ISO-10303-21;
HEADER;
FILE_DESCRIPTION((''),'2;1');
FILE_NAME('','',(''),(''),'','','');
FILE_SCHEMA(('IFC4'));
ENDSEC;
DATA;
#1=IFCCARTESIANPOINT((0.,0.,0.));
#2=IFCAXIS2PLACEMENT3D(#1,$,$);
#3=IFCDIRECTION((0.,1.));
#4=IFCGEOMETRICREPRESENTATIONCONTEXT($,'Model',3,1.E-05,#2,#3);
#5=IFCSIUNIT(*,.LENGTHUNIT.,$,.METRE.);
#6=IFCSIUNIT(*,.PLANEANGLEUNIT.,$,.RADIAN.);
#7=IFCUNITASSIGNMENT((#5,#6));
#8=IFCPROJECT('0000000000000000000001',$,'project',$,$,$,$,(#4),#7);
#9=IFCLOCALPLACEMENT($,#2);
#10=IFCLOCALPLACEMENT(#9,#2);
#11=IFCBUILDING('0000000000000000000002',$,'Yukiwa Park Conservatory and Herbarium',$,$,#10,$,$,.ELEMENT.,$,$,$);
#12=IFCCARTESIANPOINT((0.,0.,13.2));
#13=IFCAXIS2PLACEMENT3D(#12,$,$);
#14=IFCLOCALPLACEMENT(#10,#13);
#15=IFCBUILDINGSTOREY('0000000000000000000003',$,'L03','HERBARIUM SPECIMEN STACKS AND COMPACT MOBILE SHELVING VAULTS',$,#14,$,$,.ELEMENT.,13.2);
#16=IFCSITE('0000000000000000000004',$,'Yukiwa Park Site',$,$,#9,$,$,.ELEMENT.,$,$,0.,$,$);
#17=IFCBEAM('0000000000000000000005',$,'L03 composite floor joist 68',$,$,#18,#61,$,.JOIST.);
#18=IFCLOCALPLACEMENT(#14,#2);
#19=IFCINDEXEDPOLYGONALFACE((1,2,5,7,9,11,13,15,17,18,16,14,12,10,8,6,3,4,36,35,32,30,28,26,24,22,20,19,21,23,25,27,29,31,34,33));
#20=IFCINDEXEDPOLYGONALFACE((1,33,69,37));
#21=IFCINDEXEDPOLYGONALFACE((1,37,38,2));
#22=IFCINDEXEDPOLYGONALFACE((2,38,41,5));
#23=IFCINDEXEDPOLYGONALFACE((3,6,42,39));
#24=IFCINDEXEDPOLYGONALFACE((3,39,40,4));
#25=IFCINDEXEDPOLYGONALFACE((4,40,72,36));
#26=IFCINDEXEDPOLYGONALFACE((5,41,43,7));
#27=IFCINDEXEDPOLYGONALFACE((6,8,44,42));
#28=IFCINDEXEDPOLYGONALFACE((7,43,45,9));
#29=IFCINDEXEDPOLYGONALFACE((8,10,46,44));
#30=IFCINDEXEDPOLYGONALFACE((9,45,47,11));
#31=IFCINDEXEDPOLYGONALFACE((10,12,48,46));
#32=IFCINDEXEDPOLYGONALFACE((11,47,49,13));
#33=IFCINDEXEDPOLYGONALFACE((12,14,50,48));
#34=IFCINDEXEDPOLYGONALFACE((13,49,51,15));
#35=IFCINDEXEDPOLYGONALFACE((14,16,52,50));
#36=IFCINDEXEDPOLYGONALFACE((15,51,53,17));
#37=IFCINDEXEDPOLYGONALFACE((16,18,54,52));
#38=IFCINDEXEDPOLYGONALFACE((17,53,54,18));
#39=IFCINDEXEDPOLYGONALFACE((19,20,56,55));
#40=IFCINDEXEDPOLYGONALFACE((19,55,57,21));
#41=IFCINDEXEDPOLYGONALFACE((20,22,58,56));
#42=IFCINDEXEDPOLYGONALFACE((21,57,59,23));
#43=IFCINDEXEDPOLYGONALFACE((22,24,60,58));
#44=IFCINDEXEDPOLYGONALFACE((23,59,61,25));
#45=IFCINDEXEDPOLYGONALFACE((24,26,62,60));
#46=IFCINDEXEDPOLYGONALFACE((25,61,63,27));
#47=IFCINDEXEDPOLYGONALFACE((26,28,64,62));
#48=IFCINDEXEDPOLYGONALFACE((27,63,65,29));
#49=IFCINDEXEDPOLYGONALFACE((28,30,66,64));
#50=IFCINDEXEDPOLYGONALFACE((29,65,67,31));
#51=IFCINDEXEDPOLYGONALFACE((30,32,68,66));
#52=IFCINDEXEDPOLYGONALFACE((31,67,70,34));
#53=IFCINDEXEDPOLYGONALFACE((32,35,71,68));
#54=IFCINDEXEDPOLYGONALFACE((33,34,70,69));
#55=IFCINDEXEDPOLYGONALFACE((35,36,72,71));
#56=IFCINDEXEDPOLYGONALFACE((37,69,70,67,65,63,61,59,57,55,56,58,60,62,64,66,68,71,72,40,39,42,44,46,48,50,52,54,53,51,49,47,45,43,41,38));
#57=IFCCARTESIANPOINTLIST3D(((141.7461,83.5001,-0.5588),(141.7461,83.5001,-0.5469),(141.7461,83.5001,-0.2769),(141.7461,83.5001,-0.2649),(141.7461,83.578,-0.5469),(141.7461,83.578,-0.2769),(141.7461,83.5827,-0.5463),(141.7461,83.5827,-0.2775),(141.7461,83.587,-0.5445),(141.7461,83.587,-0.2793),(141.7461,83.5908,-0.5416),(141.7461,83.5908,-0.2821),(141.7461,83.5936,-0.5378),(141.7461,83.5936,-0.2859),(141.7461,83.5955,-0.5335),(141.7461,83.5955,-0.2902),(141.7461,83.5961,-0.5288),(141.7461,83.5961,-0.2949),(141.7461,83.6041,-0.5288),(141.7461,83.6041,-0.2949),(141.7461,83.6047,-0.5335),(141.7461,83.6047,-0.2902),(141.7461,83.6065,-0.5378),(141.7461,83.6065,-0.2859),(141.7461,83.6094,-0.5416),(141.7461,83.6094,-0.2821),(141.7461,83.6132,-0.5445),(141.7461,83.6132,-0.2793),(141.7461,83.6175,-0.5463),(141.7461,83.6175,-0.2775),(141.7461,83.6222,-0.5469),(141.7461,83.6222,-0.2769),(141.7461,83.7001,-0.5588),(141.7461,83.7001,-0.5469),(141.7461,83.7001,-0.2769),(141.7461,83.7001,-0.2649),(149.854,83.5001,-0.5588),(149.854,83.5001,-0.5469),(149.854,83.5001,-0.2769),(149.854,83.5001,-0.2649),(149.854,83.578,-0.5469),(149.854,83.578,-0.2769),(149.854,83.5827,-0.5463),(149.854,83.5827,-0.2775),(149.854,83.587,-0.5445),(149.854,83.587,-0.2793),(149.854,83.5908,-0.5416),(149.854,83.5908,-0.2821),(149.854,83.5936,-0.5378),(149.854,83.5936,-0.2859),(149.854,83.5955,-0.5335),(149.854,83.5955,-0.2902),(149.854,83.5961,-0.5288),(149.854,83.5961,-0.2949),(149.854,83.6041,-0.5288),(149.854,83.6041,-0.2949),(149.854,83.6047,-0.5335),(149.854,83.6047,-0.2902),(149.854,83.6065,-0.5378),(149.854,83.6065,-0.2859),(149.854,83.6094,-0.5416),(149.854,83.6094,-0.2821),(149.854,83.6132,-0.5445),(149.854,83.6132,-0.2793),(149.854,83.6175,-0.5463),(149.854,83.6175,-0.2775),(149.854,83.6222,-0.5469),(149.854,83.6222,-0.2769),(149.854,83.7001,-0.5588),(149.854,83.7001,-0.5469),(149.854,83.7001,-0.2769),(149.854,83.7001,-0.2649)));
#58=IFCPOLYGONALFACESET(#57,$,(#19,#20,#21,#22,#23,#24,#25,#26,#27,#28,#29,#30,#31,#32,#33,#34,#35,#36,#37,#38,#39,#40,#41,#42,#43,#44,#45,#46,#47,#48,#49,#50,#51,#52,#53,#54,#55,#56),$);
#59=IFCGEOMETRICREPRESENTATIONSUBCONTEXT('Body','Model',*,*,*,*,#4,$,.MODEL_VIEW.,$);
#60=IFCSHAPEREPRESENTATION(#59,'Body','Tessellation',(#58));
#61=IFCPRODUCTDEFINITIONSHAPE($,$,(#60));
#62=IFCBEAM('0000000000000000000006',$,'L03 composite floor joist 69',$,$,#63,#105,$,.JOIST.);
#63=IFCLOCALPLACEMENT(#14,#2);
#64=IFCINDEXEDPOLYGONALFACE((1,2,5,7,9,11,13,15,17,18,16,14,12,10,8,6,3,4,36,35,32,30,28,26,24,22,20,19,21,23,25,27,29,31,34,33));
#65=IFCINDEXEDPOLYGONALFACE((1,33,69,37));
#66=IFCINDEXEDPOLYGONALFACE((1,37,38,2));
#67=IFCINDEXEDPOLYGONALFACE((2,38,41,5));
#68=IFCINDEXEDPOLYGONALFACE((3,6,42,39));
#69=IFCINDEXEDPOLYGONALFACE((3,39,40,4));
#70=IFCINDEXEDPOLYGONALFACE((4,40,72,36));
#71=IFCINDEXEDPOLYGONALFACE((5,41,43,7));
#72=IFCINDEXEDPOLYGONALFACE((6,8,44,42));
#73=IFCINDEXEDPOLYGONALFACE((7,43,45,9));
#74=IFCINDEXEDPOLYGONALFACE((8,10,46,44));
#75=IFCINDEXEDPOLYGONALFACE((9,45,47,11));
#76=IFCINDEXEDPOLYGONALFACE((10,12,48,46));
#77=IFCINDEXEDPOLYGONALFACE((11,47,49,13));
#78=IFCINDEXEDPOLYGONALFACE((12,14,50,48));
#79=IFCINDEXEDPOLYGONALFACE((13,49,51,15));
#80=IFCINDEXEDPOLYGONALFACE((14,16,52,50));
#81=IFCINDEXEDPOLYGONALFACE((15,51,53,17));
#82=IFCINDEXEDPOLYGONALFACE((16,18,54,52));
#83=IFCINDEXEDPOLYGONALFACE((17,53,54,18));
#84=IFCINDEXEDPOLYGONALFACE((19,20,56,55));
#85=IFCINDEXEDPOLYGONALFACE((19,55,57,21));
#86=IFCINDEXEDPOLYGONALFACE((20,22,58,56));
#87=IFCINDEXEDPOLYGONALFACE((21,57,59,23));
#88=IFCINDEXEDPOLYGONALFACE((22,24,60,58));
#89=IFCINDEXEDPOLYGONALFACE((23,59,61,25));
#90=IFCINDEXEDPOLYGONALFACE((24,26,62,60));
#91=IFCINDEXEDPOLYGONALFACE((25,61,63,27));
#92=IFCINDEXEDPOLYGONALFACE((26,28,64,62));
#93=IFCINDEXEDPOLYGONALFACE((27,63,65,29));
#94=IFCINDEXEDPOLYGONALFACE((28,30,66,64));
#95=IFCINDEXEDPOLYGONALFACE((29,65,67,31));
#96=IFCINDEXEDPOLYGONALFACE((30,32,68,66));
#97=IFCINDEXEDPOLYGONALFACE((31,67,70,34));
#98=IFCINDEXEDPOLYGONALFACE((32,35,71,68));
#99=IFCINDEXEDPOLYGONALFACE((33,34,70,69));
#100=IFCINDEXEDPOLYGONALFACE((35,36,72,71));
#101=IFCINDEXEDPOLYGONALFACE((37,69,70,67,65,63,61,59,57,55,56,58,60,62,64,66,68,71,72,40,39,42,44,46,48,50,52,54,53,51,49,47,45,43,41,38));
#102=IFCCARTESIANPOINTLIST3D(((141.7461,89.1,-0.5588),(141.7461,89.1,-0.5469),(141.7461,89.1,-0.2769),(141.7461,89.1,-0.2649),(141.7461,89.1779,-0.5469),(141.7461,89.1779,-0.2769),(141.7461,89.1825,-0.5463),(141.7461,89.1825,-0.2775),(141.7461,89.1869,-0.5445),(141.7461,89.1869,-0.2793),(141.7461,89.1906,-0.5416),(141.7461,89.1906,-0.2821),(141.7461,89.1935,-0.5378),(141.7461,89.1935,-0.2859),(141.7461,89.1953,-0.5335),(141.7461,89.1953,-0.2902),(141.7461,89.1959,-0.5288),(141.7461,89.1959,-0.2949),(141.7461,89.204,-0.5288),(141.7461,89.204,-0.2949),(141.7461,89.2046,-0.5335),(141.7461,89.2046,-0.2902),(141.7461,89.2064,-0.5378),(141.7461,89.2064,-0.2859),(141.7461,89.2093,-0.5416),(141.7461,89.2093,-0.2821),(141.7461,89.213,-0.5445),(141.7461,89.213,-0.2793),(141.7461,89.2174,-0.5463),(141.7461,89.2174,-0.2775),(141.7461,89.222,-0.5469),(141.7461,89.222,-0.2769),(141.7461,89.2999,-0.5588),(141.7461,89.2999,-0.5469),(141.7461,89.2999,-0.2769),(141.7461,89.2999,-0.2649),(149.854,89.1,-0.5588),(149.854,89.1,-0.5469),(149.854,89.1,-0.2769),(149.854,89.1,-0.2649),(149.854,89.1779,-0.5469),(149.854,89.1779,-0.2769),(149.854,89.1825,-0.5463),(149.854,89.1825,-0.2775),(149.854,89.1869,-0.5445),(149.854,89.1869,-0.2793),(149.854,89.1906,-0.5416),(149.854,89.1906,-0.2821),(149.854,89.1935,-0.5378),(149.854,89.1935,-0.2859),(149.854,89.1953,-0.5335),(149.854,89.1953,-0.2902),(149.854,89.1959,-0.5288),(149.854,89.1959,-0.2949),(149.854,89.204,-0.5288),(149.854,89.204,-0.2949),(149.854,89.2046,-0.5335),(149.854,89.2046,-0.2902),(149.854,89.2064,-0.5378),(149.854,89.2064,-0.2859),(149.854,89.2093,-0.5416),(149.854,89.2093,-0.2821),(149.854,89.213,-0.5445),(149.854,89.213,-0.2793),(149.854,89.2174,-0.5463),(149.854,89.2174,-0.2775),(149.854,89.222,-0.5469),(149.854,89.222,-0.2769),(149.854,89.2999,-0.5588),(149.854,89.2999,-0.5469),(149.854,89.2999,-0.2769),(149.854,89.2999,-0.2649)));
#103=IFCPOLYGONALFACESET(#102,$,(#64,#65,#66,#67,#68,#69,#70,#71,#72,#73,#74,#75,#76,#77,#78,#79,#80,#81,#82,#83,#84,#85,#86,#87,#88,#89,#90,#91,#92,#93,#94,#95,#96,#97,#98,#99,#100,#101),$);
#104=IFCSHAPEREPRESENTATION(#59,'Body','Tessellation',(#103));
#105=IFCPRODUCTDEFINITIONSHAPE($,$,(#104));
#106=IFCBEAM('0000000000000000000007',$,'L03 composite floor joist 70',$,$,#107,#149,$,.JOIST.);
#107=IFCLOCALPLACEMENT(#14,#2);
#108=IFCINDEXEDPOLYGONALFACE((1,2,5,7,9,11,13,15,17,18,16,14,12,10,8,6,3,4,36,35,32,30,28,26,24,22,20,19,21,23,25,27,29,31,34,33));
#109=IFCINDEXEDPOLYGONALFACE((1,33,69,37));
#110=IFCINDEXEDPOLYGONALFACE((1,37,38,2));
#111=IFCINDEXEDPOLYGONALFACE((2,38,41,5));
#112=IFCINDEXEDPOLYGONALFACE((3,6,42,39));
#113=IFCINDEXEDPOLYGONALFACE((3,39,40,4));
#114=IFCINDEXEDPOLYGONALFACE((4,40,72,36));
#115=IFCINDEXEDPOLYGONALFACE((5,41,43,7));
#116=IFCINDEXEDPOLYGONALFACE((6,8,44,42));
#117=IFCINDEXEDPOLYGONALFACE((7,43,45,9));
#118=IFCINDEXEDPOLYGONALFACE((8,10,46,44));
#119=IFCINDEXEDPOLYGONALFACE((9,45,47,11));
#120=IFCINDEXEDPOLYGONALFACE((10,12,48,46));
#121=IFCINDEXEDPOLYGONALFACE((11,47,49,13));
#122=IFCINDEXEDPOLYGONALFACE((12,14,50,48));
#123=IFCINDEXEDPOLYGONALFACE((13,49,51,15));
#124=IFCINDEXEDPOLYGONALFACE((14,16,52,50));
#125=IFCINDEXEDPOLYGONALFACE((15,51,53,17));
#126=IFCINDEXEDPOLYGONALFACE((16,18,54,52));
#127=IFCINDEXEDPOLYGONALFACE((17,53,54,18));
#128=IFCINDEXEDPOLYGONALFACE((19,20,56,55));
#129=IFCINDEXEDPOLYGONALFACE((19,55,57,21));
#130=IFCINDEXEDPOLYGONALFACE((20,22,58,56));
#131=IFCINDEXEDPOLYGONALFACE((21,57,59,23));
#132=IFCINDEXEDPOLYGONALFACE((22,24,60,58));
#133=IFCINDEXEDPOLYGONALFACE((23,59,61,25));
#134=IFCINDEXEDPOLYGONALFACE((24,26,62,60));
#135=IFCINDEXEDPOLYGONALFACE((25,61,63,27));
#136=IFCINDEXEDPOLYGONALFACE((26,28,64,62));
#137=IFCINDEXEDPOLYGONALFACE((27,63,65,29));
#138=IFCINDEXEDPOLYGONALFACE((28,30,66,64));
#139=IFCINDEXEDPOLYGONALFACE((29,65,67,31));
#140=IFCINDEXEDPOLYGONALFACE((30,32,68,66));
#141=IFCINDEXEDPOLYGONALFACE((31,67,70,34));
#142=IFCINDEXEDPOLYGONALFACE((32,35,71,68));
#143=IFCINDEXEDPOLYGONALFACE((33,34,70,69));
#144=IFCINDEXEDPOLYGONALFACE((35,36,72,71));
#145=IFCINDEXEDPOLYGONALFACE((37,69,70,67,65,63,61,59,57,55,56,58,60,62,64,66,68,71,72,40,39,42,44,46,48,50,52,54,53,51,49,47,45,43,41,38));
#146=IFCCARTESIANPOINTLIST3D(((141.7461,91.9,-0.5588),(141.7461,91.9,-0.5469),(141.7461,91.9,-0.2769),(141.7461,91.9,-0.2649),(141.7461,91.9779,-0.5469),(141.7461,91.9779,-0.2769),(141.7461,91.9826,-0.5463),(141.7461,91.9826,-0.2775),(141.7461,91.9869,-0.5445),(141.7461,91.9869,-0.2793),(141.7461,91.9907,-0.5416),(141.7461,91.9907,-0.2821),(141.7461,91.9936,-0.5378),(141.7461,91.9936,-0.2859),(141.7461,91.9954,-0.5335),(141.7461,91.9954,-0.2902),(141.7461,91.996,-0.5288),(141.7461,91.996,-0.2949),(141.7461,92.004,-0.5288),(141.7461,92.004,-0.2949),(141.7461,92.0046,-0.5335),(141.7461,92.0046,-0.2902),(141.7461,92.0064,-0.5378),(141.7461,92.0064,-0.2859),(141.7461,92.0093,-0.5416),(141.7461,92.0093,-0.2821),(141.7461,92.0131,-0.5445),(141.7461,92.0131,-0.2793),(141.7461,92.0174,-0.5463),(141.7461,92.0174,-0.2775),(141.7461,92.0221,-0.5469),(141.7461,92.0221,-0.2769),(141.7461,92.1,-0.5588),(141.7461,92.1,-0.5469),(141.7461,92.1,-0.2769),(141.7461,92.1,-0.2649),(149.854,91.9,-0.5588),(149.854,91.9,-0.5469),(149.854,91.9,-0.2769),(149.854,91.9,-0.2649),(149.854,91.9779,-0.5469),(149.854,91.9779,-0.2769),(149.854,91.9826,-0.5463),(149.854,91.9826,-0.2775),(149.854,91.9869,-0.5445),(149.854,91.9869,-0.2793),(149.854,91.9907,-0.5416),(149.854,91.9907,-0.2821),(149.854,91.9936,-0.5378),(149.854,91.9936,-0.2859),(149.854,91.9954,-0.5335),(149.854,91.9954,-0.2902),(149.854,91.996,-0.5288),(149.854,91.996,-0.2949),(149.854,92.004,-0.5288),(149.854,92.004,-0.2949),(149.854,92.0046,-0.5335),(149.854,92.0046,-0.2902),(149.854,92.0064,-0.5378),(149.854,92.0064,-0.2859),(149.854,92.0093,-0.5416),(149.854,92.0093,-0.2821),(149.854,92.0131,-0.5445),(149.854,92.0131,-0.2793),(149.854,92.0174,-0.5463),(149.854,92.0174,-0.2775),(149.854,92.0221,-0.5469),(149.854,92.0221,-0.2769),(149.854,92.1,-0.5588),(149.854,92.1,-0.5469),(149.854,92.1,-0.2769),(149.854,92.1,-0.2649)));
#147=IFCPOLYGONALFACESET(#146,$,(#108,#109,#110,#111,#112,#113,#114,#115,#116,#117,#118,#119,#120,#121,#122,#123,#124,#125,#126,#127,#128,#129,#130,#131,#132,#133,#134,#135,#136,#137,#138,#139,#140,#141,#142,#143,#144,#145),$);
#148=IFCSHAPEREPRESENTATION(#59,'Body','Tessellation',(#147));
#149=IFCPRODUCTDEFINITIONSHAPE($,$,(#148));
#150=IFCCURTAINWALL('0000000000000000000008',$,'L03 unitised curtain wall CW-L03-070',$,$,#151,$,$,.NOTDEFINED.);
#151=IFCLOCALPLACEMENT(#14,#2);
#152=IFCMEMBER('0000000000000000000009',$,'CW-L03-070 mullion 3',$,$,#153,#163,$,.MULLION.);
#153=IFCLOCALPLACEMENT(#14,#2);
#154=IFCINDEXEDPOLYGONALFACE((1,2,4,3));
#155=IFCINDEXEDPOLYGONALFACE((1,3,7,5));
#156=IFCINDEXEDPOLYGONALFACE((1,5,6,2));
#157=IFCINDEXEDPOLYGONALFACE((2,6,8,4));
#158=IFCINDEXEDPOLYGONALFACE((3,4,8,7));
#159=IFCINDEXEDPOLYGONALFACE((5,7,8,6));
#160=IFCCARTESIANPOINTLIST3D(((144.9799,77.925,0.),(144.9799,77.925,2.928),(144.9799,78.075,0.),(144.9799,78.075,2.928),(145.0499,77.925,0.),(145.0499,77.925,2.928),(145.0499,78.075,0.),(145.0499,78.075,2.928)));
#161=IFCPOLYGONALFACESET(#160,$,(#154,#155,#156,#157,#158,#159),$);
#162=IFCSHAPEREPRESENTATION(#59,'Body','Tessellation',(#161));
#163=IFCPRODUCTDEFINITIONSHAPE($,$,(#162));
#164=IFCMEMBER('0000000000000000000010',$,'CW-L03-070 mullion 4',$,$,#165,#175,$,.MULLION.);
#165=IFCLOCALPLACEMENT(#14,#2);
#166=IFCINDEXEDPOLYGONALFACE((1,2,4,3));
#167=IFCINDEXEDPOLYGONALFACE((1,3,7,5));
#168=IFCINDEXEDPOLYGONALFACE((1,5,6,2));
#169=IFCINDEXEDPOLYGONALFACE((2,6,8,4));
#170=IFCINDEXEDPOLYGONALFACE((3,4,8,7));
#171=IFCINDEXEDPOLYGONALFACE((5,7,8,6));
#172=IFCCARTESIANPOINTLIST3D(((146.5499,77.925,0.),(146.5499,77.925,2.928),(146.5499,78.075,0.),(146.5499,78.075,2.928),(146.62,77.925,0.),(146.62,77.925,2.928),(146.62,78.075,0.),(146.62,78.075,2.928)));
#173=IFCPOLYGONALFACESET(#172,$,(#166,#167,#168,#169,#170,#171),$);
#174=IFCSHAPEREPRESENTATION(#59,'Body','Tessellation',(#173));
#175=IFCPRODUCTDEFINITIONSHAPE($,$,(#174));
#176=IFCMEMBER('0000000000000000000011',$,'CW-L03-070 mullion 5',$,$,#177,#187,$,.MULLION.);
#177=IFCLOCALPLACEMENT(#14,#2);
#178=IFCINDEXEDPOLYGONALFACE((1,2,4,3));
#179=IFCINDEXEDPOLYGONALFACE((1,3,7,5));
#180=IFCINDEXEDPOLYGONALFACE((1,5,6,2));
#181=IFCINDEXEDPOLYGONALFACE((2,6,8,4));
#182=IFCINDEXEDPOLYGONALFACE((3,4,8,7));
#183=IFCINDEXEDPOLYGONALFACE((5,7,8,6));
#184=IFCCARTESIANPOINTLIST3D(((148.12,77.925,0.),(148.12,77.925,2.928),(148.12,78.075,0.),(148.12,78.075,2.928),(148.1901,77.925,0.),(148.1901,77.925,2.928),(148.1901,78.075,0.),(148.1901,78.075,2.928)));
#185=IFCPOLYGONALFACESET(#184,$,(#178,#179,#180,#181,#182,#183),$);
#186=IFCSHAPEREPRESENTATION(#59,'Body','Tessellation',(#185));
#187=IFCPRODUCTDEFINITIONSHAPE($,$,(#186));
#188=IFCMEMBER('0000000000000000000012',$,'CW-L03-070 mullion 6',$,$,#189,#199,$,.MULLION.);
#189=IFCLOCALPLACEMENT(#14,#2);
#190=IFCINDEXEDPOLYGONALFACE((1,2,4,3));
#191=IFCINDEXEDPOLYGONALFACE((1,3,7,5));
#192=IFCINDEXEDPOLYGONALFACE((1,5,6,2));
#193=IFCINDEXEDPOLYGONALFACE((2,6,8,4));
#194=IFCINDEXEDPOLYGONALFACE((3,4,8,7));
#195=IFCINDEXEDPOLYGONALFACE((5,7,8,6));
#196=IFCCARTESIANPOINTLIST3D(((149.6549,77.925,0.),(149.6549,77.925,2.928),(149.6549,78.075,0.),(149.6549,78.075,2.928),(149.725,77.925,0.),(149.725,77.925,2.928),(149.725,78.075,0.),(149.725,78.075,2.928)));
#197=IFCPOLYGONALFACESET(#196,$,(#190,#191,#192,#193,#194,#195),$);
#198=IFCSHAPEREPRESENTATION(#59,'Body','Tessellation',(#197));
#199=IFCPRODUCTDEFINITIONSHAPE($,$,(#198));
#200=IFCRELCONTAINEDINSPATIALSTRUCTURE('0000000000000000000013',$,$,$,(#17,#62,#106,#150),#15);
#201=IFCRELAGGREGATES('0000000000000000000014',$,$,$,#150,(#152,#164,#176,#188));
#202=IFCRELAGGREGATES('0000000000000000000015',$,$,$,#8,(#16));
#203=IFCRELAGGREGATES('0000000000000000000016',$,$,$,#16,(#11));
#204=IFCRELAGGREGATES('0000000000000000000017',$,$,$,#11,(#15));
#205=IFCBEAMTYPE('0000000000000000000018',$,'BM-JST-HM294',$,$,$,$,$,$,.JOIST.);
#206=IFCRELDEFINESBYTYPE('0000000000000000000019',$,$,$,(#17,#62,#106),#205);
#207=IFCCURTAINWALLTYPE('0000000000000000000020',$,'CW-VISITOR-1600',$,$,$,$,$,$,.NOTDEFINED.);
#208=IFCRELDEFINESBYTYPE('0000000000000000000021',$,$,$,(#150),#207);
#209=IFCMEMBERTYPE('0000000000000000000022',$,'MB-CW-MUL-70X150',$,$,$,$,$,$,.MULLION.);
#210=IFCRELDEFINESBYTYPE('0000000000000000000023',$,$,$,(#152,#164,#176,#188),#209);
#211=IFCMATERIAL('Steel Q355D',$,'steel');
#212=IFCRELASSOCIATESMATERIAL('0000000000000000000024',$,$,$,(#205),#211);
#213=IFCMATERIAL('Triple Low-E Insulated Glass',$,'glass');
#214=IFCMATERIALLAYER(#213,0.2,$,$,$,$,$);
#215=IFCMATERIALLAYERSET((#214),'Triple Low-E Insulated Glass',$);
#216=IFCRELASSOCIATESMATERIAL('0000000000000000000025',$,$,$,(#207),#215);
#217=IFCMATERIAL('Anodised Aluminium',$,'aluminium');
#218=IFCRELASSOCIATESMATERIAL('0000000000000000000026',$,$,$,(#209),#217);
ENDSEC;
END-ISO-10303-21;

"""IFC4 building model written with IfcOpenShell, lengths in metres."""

from ifc_helpers import new_model, si_unit, direction, frame, origin, origin_2d, place, context, subcontext, project, spatial, rectangle, i_section, extrude, material, layer, layer_set, material_profile, profile_set, type_object, element, aggregate, save


model = new_model("IFC4")

# Units and contexts
model_context = context("Model", 3, precision=1e-05, world=origin(), true_north=direction((0.0, 1.0)))
body_context = subcontext(model_context, "Body", "Model", "MODEL_VIEW")
ifc_project = project(units=[si_unit("LENGTHUNIT", "METRE"), si_unit("PLANEANGLEUNIT", "RADIAN")], contexts=[model_context])

# Site, building, storey
site_placement = place(None, origin())
site = spatial("IfcSite", under=ifc_project, at=site_placement, Name="Yukiwa Park Site", CompositionType="ELEMENT", RefElevation=0.0)
building_placement = place(site_placement, origin())
building = spatial("IfcBuilding", under=site, at=building_placement, Name="Yukiwa Park Conservatory and Herbarium", CompositionType="ELEMENT")
storey_placement = place(building_placement, frame((0.0, 0.0, 13.2)))
storey = spatial("IfcBuildingStorey", under=building, at=storey_placement, Name="L03", Description="HERBARIUM SPECIMEN STACKS AND COMPACT MOBILE SHELVING VAULTS", CompositionType="ELEMENT", Elevation=13.2)

# Beams
ifc_material_1 = material(Name="Steel Q355D", Category="steel")
ifc_material_profile_1 = material_profile(ifc_material_1, i_section(OverallWidth=0.2, OverallDepth=0.2939, WebThickness=0.0081, FlangeThickness=0.012, FilletRadius=0.0181, at=origin_2d()), Name="HM 294x200x8x12")
ifc_profile_set_1 = profile_set([ifc_material_profile_1], Name="Steel Q355D")
beam_type_1 = type_object("IfcBeamType", Name="BM-JST-HM294", PredefinedType="JOIST", material=ifc_profile_set_1)
for number, where, z_axis, x_axis, name in (
    (1, (141.7461, 83.6001, -0.4119), (1.0, 0.0, 0.0), (0.0, 1.0, 0.0), "L03 composite floor joist 68"),
    (2, (141.7461, 89.2, -0.4119), (1.0, 0.0, 0.0), (0.0, 1.0, 0.0), "L03 composite floor joist 69"),
    (3, (141.7461, 92.0, -0.4119), (1.0, 0.0, 0.0), (0.0, 1.0, 0.0), "L03 composite floor joist 70"),
):
    element("IfcBeam", number, at=place(storey_placement, frame(where, z_axis=z_axis, x_axis=x_axis)), inside=storey, type_object=beam_type_1, Name=name, PredefinedType="JOIST", context=body_context, shape_type="SweptSolid", body=[
        extrude(i_section(OverallWidth=0.2, OverallDepth=0.2939, WebThickness=0.0081, FlangeThickness=0.012, FilletRadius=0.0181, at=origin_2d()), origin(), (0.0, 0.0, 1.0), 8.1079),
    ])

# Curtain wall, members
ifc_material_2 = material(Name="Triple Low-E Insulated Glass", Category="glass")
ifc_layer_1 = layer(ifc_material_2, 0.2)
ifc_layer_set_1 = layer_set([ifc_layer_1], Name="Triple Low-E Insulated Glass")
curtain_wall_type = type_object("IfcCurtainWallType", Name="CW-VISITOR-1600", PredefinedType="NOTDEFINED", material=ifc_layer_set_1)
curtain_wall_placement = place(storey_placement, origin())
curtain_wall = element("IfcCurtainWall", 4, at=curtain_wall_placement, inside=storey, type_object=curtain_wall_type, Name="L03 unitised curtain wall CW-L03-070", PredefinedType="NOTDEFINED")
ifc_material_3 = material(Name="Anodised Aluminium", Category="aluminium")
member_type_1 = type_object("IfcMemberType", Name="MB-CW-MUL-70X150", PredefinedType="MULLION", material=ifc_material_3)
member_1_placement = place(storey_placement, frame((145.0149, 78.0, 0.0), z_axis=(0.0, 0.0, 1.0), x_axis=(1.0, 0.0, 0.0)))
member_1 = element("IfcMember", 5, at=member_1_placement, type_object=member_type_1, Name="CW-L03-070 mullion 3", PredefinedType="MULLION", context=body_context, shape_type="SweptSolid", body=[
    extrude(rectangle(XDim=0.0701, YDim=0.1499, at=origin_2d()), origin(), (0.0, 0.0, 1.0), 2.928),
])
member_2_placement = place(storey_placement, frame((146.585, 78.0, 0.0), z_axis=(0.0, 0.0, 1.0), x_axis=(1.0, 0.0, 0.0)))
member_2 = element("IfcMember", 6, at=member_2_placement, type_object=member_type_1, Name="CW-L03-070 mullion 4", PredefinedType="MULLION", context=body_context, shape_type="SweptSolid", body=[
    extrude(rectangle(XDim=0.0701, YDim=0.1499, at=origin_2d()), origin(), (0.0, 0.0, 1.0), 2.928),
])
member_3_placement = place(storey_placement, frame((148.155, 78.0, 0.0), z_axis=(0.0, 0.0, 1.0), x_axis=(1.0, 0.0, 0.0)))
member_3 = element("IfcMember", 7, at=member_3_placement, type_object=member_type_1, Name="CW-L03-070 mullion 5", PredefinedType="MULLION", context=body_context, shape_type="SweptSolid", body=[
    extrude(rectangle(XDim=0.0701, YDim=0.1499, at=origin_2d()), origin(), (0.0, 0.0, 1.0), 2.928),
])
member_4_placement = place(storey_placement, frame((149.6899, 78.0, 0.0), z_axis=(0.0, 0.0, 1.0), x_axis=(1.0, 0.0, 0.0)))
member_4 = element("IfcMember", 8, at=member_4_placement, type_object=member_type_1, Name="CW-L03-070 mullion 6", PredefinedType="MULLION", context=body_context, shape_type="SweptSolid", body=[
    extrude(rectangle(XDim=0.0701, YDim=0.1499, at=origin_2d()), origin(), (0.0, 0.0, 1.0), 2.928),
])
aggregate(curtain_wall, [member_1, member_2, member_3, member_4])

save(model, "model.ifc")
